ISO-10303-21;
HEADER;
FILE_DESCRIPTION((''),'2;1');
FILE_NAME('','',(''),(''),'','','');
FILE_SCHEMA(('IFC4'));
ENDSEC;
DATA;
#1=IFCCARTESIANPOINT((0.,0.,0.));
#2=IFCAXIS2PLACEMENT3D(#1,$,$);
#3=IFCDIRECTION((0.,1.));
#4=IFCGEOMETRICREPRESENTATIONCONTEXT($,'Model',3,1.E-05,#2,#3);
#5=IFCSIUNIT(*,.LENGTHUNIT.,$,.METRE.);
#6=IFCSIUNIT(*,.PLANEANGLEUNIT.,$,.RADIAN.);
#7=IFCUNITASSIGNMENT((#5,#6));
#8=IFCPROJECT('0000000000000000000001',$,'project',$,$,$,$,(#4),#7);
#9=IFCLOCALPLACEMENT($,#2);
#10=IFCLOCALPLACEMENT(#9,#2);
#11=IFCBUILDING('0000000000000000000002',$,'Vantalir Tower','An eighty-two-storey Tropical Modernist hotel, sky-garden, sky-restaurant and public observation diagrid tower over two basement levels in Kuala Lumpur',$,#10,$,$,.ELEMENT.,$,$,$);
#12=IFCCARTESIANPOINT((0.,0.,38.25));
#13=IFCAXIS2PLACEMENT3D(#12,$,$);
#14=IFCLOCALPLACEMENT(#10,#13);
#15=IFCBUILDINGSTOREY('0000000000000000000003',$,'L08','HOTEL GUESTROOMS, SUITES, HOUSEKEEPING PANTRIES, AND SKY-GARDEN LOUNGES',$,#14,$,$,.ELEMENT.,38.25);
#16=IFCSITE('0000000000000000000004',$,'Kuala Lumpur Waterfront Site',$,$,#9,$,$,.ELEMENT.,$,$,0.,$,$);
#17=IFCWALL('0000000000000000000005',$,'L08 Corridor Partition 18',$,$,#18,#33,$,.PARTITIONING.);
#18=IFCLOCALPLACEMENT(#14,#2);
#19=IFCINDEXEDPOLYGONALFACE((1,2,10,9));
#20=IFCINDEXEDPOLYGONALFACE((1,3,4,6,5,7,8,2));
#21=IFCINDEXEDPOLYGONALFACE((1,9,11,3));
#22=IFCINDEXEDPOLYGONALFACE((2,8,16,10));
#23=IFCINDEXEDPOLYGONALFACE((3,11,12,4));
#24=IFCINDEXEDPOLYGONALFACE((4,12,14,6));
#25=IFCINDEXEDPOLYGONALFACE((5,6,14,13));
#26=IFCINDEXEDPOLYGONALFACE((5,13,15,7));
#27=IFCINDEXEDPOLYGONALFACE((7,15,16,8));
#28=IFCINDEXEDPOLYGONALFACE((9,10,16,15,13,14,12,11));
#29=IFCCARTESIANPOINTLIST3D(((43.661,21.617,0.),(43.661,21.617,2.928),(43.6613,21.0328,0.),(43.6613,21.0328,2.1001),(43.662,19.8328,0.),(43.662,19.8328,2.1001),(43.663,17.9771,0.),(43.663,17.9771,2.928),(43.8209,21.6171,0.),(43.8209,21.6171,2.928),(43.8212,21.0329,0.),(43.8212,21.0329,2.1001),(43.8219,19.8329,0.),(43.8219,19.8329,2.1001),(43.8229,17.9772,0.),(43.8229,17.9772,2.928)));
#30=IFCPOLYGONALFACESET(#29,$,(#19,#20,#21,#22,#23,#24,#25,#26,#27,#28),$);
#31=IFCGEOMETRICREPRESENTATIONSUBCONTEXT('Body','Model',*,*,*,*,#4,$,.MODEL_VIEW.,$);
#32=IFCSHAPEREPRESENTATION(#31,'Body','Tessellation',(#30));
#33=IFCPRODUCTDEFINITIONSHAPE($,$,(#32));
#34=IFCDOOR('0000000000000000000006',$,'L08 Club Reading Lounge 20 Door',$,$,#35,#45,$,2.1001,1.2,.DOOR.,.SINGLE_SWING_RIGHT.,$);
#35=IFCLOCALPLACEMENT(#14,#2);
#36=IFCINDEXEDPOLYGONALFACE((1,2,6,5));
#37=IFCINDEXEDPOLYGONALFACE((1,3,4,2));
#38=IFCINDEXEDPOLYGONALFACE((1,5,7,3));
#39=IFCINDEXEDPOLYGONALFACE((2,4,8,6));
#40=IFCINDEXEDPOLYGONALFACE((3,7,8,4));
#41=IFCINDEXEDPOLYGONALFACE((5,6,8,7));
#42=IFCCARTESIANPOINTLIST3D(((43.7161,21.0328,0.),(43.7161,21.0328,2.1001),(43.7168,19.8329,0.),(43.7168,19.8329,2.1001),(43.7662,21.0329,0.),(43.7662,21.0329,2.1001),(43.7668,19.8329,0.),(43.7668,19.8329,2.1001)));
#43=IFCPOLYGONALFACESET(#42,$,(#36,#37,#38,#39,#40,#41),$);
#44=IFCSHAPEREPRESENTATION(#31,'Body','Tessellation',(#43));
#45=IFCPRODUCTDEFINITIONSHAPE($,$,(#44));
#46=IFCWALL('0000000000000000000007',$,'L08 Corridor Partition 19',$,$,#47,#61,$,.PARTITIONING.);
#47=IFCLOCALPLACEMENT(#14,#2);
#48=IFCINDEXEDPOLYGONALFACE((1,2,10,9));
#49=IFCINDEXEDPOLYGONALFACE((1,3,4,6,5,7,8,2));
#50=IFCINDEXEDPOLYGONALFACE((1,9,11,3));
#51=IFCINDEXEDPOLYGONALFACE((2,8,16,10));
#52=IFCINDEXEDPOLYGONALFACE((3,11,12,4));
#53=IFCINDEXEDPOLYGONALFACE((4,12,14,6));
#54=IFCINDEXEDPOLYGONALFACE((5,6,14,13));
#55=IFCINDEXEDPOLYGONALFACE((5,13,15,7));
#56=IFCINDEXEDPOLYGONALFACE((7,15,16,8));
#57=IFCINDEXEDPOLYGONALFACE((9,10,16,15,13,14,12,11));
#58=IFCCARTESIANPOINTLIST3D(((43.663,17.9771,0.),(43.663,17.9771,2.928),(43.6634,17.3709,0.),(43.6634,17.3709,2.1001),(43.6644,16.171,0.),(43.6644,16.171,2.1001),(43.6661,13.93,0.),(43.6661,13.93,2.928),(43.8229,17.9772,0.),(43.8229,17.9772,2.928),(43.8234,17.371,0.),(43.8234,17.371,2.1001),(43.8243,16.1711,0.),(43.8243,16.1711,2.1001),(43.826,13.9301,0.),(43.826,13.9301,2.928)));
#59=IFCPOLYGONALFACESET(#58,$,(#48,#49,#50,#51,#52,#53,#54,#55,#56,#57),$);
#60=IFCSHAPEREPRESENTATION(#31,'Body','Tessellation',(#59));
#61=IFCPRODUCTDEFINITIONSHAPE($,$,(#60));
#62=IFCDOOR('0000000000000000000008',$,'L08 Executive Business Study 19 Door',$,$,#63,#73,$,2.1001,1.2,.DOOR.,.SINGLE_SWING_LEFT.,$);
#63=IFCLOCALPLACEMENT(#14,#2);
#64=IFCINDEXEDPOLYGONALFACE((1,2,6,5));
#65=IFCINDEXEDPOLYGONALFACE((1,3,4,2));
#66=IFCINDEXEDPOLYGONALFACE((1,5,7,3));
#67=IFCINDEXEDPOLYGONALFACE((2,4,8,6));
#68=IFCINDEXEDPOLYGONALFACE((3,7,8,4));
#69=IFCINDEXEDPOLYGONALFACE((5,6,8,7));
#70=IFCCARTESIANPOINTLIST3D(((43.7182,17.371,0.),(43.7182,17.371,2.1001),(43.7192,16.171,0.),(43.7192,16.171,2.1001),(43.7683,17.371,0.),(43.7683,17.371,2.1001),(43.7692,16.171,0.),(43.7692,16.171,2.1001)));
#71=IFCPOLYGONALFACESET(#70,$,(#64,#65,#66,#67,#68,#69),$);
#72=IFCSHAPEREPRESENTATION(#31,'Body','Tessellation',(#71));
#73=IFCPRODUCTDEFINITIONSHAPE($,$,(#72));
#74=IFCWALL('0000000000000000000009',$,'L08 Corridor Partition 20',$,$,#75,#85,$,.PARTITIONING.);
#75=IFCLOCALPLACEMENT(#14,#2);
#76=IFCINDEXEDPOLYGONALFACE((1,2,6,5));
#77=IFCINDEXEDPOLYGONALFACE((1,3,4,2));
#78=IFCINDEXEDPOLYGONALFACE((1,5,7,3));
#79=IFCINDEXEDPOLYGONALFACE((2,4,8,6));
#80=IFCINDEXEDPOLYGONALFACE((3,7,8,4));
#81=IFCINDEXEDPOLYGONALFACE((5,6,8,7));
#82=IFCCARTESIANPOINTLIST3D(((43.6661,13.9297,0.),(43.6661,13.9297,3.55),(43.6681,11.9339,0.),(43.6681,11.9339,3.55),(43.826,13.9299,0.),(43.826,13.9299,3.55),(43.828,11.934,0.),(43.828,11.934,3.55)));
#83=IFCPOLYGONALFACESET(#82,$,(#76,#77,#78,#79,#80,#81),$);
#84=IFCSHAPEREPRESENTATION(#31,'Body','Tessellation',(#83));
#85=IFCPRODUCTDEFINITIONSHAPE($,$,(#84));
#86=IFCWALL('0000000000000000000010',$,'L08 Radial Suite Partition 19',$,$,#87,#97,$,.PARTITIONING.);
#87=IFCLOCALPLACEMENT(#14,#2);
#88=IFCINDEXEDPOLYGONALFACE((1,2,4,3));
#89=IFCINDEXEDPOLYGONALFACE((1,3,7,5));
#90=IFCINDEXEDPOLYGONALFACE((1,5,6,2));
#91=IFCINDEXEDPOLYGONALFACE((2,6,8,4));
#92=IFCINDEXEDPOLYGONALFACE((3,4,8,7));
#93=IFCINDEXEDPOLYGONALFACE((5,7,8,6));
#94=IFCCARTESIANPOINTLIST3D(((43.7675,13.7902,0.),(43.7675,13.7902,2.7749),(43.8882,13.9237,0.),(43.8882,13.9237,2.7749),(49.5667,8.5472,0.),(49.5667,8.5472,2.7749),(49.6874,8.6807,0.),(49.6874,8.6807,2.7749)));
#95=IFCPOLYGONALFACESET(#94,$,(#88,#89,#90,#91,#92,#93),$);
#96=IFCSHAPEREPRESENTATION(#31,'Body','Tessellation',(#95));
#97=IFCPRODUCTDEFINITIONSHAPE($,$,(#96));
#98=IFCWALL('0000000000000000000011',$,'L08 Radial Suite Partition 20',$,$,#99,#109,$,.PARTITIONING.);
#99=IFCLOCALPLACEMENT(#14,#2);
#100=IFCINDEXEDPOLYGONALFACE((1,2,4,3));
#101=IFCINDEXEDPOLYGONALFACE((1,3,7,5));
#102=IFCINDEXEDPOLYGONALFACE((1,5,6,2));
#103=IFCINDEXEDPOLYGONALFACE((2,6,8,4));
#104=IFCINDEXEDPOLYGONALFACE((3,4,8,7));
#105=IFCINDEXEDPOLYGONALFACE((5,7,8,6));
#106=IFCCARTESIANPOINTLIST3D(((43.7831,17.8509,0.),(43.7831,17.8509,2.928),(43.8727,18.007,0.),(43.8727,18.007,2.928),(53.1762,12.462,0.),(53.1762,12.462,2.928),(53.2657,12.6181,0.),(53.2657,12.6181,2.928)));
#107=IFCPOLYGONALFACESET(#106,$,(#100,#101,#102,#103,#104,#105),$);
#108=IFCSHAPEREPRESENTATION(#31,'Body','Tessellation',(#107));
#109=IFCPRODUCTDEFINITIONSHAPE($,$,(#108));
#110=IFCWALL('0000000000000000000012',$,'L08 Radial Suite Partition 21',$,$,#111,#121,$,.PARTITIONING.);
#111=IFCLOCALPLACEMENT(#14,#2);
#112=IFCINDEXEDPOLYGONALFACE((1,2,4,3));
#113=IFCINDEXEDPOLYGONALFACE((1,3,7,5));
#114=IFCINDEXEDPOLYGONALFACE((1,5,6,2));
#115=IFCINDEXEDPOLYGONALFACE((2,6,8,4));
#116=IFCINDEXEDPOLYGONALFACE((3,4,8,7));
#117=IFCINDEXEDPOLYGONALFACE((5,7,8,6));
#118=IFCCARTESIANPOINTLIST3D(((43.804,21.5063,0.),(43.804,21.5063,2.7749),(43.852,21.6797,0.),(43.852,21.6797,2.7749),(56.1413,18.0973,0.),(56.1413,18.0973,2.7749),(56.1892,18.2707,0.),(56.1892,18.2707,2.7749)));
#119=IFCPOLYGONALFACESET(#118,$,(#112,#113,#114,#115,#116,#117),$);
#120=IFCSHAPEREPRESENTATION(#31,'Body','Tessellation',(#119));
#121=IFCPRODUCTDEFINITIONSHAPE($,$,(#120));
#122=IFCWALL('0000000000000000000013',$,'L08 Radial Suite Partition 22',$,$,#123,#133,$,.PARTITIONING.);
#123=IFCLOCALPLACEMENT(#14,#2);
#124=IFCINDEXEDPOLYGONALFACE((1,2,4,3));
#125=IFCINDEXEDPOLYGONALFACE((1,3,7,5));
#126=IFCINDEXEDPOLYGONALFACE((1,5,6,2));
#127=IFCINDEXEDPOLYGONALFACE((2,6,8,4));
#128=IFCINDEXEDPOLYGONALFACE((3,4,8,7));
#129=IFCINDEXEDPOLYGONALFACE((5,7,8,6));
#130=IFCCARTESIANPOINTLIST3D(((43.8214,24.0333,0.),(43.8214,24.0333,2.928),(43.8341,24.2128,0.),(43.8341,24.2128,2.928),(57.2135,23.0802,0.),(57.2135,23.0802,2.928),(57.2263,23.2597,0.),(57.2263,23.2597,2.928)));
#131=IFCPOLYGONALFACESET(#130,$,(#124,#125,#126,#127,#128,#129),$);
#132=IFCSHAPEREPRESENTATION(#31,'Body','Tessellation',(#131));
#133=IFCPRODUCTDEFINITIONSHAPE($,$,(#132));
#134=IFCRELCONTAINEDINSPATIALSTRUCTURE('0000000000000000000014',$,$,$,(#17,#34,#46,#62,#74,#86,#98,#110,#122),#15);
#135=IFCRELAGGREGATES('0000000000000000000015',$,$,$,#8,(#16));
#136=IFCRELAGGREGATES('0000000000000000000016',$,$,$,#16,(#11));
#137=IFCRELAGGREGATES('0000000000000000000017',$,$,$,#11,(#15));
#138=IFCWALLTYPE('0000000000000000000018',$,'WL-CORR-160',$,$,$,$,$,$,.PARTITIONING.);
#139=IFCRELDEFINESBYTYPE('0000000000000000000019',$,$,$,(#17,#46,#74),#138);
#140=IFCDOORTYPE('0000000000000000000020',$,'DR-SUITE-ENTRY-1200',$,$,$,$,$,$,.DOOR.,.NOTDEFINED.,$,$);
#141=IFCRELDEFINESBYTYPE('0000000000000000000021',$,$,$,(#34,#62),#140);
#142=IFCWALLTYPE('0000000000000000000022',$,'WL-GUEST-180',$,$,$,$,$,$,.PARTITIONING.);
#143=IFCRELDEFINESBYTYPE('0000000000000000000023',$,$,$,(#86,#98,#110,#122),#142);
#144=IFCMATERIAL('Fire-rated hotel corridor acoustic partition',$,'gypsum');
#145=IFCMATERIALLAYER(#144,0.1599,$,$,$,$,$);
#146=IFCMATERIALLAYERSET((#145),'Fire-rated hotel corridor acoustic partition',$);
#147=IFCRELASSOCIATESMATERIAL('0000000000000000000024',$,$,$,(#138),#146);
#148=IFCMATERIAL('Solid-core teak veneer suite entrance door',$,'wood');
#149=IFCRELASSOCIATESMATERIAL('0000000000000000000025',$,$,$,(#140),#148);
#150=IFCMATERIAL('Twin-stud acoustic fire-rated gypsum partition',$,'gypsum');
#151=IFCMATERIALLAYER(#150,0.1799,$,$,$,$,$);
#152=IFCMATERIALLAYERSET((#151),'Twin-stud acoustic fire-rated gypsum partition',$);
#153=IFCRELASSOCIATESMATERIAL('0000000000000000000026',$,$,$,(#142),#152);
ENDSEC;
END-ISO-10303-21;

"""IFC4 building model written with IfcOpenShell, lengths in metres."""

from ifc_helpers import new_model, si_unit, direction, frame, frame_2d, origin, place, context, subcontext, project, spatial, rectangle, extrude, material, layer, layer_set, type_object, element, fill, save


model = new_model("IFC4")

# Units and contexts
model_context = context("Model", 3, precision=1e-05, world=origin(), true_north=direction((0.0, 1.0)))
body_context = subcontext(model_context, "Body", "Model", "MODEL_VIEW")
ifc_project = project(units=[si_unit("LENGTHUNIT", "METRE"), si_unit("PLANEANGLEUNIT", "RADIAN")], contexts=[model_context])

# Site, building, storey
site_placement = place(None, origin())
site = spatial("IfcSite", under=ifc_project, at=site_placement, Name="Kuala Lumpur Waterfront Site", CompositionType="ELEMENT", RefElevation=0.0)
building_placement = place(site_placement, origin())
building = spatial("IfcBuilding", under=site, at=building_placement, Name="Vantalir Tower", Description="An eighty-two-storey Tropical Modernist hotel, sky-garden, sky-restaurant and public observation diagrid tower over two basement levels in Kuala Lumpur", CompositionType="ELEMENT")
storey_placement = place(building_placement, frame((0.0, 0.0, 38.25)))
storey = spatial("IfcBuildingStorey", under=building, at=storey_placement, Name="L08", Description="HOTEL GUESTROOMS, SUITES, HOUSEKEEPING PANTRIES, AND SKY-GARDEN LOUNGES", CompositionType="ELEMENT", Elevation=38.25)

# Walls, openings, doors
ifc_material_1 = material(Name="Fire-rated hotel corridor acoustic partition", Category="gypsum")
ifc_layer_1 = layer(ifc_material_1, 0.1599)
ifc_layer_set_1 = layer_set([ifc_layer_1], Name="Fire-rated hotel corridor acoustic partition")
wall_type_1 = type_object("IfcWallType", Name="WL-CORR-160", PredefinedType="PARTITIONING", material=ifc_layer_set_1)
ifc_material_2 = material(Name="Solid-core teak veneer suite entrance door", Category="wood")
door_type = type_object("IfcDoorType", Name="DR-SUITE-ENTRY-1200", OperationType="NOTDEFINED", PredefinedType="DOOR", material=ifc_material_2)
wall_1_placement = place(storey_placement, frame((43.741, 21.6169, 0.0), z_axis=(0.0, 0.0, 1.0), x_axis=(0.000537, -1.0, 0.0)))
wall_1 = element("IfcWall", 1, at=wall_1_placement, inside=storey, type_object=wall_type_1, Name="L08 Corridor Partition 18", PredefinedType="PARTITIONING", context=body_context, shape_type="SweptSolid", body=[
    extrude(rectangle(XDim=3.6399, YDim=0.1599, at=frame_2d((1.8198, 0.0))), origin(), (0.0, 0.0, 1.0), 2.928),
])
opening_1_placement = place(wall_1_placement, frame((0.584, 0.0, 0.0)))
opening_1 = element("IfcOpeningElement", 2, at=opening_1_placement, cuts=wall_1, PredefinedType="OPENING", context=body_context, shape_type="SweptSolid", body=[
    extrude(rectangle(XDim=1.2, YDim=2.1001, at=frame_2d((0.6001, 1.05))), frame((0.0, 0.0898, 0.0), z_axis=(0.0, -1.0, 0.0), x_axis=(1.0, 0.0, 0.0)), (0.0, 0.0, 1.0), 0.1799),
])
door_1_placement = place(opening_1_placement, origin())
door_1 = element("IfcDoor", 3, at=door_1_placement, inside=storey, type_object=door_type, Name="L08 Club Reading Lounge 20 Door", OperationType="SINGLE_SWING_RIGHT", OverallHeight=2.1001, OverallWidth=1.2, PredefinedType="DOOR", context=body_context, shape_type="SweptSolid", body=[
    extrude(rectangle(XDim=1.2, YDim=2.1001, at=frame_2d((0.6001, 1.05))), frame((0.0, 0.0249, 0.0), z_axis=(0.0, -1.0, 0.0), x_axis=(1.0, 0.0, 0.0)), (0.0, 0.0, 1.0), 0.05),
])
fill(opening_1, door_1)
wall_2_placement = place(storey_placement, frame((43.7429, 17.9771, 0.0), z_axis=(0.0, 0.0, 1.0), x_axis=(0.000784, -1.0, 0.0)))
wall_2 = element("IfcWall", 4, at=wall_2_placement, inside=storey, type_object=wall_type_1, Name="L08 Corridor Partition 19", PredefinedType="PARTITIONING", context=body_context, shape_type="SweptSolid", body=[
    extrude(rectangle(XDim=4.0471, YDim=0.1599, at=frame_2d((2.0234, 0.0))), origin(), (0.0, 0.0, 1.0), 2.928),
])
opening_2_placement = place(wall_2_placement, frame((0.606, 0.0, 0.0)))
opening_2 = element("IfcOpeningElement", 5, at=opening_2_placement, cuts=wall_2, PredefinedType="OPENING", context=body_context, shape_type="SweptSolid", body=[
    extrude(rectangle(XDim=1.2, YDim=2.1001, at=frame_2d((0.6001, 1.05))), frame((0.0, 0.0898, 0.0), z_axis=(0.0, -1.0, 0.0), x_axis=(1.0, 0.0, 0.0)), (0.0, 0.0, 1.0), 0.1799),
])
door_2_placement = place(opening_2_placement, origin())
door_2 = element("IfcDoor", 6, at=door_2_placement, inside=storey, type_object=door_type, Name="L08 Executive Business Study 19 Door", OperationType="SINGLE_SWING_LEFT", OverallHeight=2.1001, OverallWidth=1.2, PredefinedType="DOOR", context=body_context, shape_type="SweptSolid", body=[
    extrude(rectangle(XDim=1.2, YDim=2.1001, at=frame_2d((0.6001, 1.05))), frame((0.0, 0.0249, 0.0), z_axis=(0.0, -1.0, 0.0), x_axis=(1.0, 0.0, 0.0)), (0.0, 0.0, 1.0), 0.05),
])
fill(opening_2, door_2)

# Walls
wall_3_placement = place(storey_placement, frame((43.7461, 13.9299, 0.0), z_axis=(0.0, 0.0, 1.0), x_axis=(0.000979, -1.0, 0.0)))
element("IfcWall", 7, at=wall_3_placement, inside=storey, type_object=wall_type_1, Name="L08 Corridor Partition 20", PredefinedType="PARTITIONING", context=body_context, shape_type="SweptSolid", body=[
    extrude(rectangle(XDim=1.9958, YDim=0.1599, at=frame_2d((0.998, 0.0))), origin(), (0.0, 0.0, 1.0), 3.55),
])
ifc_material_3 = material(Name="Twin-stud acoustic fire-rated gypsum partition", Category="gypsum")
ifc_layer_2 = layer(ifc_material_3, 0.1799)
ifc_layer_set_2 = layer_set([ifc_layer_2], Name="Twin-stud acoustic fire-rated gypsum partition")
wall_type_2 = type_object("IfcWallType", Name="WL-GUEST-180", PredefinedType="PARTITIONING", material=ifc_layer_set_2)
wall_4_placement = place(storey_placement, frame((43.8279, 13.8569, 0.0), z_axis=(0.0, 0.0, 1.0), x_axis=(0.741781, -0.670642, 0.0)))
element("IfcWall", 8, at=wall_4_placement, inside=storey, type_object=wall_type_2, Name="L08 Radial Suite Partition 19", PredefinedType="PARTITIONING", context=body_context, shape_type="SweptSolid", body=[
    extrude(rectangle(XDim=7.8179, YDim=0.1799, at=frame_2d((3.9089, 0.0))), origin(), (0.0, 0.0, 1.0), 2.7749),
])
wall_5_placement = place(storey_placement, frame((43.8279, 17.929, 0.0), z_axis=(0.0, 0.0, 1.0), x_axis=(0.867389, -0.497631, 0.0)))
element("IfcWall", 9, at=wall_5_placement, inside=storey, type_object=wall_type_2, Name="L08 Radial Suite Partition 20", PredefinedType="PARTITIONING", context=body_context, shape_type="SweptSolid", body=[
    extrude(rectangle(XDim=10.8291, YDim=0.1799, at=frame_2d((5.4146, 0.0))), origin(), (0.0, 0.0, 1.0), 2.928),
])
wall_6_placement = place(storey_placement, frame((43.8279, 21.593, 0.0), z_axis=(0.0, 0.0, 1.0), x_axis=(0.963881, -0.266334, 0.0)))
element("IfcWall", 10, at=wall_6_placement, inside=storey, type_object=wall_type_2, Name="L08 Radial Suite Partition 21", PredefinedType="PARTITIONING", context=body_context, shape_type="SweptSolid", body=[
    extrude(rectangle(XDim=12.7996, YDim=0.1799, at=frame_2d((6.3999, 0.0))), origin(), (0.0, 0.0, 1.0), 2.7749),
])
wall_7_placement = place(storey_placement, frame((43.8279, 24.123, 0.0), z_axis=(0.0, 0.0, 1.0), x_axis=(0.997477, -0.070991, 0.0)))
element("IfcWall", 11, at=wall_7_placement, inside=storey, type_object=wall_type_2, Name="L08 Radial Suite Partition 22", PredefinedType="PARTITIONING", context=body_context, shape_type="SweptSolid", body=[
    extrude(rectangle(XDim=13.426, YDim=0.1799, at=frame_2d((6.7129, 0.0))), origin(), (0.0, 0.0, 1.0), 2.928),
])

save(model, "model.ifc")
